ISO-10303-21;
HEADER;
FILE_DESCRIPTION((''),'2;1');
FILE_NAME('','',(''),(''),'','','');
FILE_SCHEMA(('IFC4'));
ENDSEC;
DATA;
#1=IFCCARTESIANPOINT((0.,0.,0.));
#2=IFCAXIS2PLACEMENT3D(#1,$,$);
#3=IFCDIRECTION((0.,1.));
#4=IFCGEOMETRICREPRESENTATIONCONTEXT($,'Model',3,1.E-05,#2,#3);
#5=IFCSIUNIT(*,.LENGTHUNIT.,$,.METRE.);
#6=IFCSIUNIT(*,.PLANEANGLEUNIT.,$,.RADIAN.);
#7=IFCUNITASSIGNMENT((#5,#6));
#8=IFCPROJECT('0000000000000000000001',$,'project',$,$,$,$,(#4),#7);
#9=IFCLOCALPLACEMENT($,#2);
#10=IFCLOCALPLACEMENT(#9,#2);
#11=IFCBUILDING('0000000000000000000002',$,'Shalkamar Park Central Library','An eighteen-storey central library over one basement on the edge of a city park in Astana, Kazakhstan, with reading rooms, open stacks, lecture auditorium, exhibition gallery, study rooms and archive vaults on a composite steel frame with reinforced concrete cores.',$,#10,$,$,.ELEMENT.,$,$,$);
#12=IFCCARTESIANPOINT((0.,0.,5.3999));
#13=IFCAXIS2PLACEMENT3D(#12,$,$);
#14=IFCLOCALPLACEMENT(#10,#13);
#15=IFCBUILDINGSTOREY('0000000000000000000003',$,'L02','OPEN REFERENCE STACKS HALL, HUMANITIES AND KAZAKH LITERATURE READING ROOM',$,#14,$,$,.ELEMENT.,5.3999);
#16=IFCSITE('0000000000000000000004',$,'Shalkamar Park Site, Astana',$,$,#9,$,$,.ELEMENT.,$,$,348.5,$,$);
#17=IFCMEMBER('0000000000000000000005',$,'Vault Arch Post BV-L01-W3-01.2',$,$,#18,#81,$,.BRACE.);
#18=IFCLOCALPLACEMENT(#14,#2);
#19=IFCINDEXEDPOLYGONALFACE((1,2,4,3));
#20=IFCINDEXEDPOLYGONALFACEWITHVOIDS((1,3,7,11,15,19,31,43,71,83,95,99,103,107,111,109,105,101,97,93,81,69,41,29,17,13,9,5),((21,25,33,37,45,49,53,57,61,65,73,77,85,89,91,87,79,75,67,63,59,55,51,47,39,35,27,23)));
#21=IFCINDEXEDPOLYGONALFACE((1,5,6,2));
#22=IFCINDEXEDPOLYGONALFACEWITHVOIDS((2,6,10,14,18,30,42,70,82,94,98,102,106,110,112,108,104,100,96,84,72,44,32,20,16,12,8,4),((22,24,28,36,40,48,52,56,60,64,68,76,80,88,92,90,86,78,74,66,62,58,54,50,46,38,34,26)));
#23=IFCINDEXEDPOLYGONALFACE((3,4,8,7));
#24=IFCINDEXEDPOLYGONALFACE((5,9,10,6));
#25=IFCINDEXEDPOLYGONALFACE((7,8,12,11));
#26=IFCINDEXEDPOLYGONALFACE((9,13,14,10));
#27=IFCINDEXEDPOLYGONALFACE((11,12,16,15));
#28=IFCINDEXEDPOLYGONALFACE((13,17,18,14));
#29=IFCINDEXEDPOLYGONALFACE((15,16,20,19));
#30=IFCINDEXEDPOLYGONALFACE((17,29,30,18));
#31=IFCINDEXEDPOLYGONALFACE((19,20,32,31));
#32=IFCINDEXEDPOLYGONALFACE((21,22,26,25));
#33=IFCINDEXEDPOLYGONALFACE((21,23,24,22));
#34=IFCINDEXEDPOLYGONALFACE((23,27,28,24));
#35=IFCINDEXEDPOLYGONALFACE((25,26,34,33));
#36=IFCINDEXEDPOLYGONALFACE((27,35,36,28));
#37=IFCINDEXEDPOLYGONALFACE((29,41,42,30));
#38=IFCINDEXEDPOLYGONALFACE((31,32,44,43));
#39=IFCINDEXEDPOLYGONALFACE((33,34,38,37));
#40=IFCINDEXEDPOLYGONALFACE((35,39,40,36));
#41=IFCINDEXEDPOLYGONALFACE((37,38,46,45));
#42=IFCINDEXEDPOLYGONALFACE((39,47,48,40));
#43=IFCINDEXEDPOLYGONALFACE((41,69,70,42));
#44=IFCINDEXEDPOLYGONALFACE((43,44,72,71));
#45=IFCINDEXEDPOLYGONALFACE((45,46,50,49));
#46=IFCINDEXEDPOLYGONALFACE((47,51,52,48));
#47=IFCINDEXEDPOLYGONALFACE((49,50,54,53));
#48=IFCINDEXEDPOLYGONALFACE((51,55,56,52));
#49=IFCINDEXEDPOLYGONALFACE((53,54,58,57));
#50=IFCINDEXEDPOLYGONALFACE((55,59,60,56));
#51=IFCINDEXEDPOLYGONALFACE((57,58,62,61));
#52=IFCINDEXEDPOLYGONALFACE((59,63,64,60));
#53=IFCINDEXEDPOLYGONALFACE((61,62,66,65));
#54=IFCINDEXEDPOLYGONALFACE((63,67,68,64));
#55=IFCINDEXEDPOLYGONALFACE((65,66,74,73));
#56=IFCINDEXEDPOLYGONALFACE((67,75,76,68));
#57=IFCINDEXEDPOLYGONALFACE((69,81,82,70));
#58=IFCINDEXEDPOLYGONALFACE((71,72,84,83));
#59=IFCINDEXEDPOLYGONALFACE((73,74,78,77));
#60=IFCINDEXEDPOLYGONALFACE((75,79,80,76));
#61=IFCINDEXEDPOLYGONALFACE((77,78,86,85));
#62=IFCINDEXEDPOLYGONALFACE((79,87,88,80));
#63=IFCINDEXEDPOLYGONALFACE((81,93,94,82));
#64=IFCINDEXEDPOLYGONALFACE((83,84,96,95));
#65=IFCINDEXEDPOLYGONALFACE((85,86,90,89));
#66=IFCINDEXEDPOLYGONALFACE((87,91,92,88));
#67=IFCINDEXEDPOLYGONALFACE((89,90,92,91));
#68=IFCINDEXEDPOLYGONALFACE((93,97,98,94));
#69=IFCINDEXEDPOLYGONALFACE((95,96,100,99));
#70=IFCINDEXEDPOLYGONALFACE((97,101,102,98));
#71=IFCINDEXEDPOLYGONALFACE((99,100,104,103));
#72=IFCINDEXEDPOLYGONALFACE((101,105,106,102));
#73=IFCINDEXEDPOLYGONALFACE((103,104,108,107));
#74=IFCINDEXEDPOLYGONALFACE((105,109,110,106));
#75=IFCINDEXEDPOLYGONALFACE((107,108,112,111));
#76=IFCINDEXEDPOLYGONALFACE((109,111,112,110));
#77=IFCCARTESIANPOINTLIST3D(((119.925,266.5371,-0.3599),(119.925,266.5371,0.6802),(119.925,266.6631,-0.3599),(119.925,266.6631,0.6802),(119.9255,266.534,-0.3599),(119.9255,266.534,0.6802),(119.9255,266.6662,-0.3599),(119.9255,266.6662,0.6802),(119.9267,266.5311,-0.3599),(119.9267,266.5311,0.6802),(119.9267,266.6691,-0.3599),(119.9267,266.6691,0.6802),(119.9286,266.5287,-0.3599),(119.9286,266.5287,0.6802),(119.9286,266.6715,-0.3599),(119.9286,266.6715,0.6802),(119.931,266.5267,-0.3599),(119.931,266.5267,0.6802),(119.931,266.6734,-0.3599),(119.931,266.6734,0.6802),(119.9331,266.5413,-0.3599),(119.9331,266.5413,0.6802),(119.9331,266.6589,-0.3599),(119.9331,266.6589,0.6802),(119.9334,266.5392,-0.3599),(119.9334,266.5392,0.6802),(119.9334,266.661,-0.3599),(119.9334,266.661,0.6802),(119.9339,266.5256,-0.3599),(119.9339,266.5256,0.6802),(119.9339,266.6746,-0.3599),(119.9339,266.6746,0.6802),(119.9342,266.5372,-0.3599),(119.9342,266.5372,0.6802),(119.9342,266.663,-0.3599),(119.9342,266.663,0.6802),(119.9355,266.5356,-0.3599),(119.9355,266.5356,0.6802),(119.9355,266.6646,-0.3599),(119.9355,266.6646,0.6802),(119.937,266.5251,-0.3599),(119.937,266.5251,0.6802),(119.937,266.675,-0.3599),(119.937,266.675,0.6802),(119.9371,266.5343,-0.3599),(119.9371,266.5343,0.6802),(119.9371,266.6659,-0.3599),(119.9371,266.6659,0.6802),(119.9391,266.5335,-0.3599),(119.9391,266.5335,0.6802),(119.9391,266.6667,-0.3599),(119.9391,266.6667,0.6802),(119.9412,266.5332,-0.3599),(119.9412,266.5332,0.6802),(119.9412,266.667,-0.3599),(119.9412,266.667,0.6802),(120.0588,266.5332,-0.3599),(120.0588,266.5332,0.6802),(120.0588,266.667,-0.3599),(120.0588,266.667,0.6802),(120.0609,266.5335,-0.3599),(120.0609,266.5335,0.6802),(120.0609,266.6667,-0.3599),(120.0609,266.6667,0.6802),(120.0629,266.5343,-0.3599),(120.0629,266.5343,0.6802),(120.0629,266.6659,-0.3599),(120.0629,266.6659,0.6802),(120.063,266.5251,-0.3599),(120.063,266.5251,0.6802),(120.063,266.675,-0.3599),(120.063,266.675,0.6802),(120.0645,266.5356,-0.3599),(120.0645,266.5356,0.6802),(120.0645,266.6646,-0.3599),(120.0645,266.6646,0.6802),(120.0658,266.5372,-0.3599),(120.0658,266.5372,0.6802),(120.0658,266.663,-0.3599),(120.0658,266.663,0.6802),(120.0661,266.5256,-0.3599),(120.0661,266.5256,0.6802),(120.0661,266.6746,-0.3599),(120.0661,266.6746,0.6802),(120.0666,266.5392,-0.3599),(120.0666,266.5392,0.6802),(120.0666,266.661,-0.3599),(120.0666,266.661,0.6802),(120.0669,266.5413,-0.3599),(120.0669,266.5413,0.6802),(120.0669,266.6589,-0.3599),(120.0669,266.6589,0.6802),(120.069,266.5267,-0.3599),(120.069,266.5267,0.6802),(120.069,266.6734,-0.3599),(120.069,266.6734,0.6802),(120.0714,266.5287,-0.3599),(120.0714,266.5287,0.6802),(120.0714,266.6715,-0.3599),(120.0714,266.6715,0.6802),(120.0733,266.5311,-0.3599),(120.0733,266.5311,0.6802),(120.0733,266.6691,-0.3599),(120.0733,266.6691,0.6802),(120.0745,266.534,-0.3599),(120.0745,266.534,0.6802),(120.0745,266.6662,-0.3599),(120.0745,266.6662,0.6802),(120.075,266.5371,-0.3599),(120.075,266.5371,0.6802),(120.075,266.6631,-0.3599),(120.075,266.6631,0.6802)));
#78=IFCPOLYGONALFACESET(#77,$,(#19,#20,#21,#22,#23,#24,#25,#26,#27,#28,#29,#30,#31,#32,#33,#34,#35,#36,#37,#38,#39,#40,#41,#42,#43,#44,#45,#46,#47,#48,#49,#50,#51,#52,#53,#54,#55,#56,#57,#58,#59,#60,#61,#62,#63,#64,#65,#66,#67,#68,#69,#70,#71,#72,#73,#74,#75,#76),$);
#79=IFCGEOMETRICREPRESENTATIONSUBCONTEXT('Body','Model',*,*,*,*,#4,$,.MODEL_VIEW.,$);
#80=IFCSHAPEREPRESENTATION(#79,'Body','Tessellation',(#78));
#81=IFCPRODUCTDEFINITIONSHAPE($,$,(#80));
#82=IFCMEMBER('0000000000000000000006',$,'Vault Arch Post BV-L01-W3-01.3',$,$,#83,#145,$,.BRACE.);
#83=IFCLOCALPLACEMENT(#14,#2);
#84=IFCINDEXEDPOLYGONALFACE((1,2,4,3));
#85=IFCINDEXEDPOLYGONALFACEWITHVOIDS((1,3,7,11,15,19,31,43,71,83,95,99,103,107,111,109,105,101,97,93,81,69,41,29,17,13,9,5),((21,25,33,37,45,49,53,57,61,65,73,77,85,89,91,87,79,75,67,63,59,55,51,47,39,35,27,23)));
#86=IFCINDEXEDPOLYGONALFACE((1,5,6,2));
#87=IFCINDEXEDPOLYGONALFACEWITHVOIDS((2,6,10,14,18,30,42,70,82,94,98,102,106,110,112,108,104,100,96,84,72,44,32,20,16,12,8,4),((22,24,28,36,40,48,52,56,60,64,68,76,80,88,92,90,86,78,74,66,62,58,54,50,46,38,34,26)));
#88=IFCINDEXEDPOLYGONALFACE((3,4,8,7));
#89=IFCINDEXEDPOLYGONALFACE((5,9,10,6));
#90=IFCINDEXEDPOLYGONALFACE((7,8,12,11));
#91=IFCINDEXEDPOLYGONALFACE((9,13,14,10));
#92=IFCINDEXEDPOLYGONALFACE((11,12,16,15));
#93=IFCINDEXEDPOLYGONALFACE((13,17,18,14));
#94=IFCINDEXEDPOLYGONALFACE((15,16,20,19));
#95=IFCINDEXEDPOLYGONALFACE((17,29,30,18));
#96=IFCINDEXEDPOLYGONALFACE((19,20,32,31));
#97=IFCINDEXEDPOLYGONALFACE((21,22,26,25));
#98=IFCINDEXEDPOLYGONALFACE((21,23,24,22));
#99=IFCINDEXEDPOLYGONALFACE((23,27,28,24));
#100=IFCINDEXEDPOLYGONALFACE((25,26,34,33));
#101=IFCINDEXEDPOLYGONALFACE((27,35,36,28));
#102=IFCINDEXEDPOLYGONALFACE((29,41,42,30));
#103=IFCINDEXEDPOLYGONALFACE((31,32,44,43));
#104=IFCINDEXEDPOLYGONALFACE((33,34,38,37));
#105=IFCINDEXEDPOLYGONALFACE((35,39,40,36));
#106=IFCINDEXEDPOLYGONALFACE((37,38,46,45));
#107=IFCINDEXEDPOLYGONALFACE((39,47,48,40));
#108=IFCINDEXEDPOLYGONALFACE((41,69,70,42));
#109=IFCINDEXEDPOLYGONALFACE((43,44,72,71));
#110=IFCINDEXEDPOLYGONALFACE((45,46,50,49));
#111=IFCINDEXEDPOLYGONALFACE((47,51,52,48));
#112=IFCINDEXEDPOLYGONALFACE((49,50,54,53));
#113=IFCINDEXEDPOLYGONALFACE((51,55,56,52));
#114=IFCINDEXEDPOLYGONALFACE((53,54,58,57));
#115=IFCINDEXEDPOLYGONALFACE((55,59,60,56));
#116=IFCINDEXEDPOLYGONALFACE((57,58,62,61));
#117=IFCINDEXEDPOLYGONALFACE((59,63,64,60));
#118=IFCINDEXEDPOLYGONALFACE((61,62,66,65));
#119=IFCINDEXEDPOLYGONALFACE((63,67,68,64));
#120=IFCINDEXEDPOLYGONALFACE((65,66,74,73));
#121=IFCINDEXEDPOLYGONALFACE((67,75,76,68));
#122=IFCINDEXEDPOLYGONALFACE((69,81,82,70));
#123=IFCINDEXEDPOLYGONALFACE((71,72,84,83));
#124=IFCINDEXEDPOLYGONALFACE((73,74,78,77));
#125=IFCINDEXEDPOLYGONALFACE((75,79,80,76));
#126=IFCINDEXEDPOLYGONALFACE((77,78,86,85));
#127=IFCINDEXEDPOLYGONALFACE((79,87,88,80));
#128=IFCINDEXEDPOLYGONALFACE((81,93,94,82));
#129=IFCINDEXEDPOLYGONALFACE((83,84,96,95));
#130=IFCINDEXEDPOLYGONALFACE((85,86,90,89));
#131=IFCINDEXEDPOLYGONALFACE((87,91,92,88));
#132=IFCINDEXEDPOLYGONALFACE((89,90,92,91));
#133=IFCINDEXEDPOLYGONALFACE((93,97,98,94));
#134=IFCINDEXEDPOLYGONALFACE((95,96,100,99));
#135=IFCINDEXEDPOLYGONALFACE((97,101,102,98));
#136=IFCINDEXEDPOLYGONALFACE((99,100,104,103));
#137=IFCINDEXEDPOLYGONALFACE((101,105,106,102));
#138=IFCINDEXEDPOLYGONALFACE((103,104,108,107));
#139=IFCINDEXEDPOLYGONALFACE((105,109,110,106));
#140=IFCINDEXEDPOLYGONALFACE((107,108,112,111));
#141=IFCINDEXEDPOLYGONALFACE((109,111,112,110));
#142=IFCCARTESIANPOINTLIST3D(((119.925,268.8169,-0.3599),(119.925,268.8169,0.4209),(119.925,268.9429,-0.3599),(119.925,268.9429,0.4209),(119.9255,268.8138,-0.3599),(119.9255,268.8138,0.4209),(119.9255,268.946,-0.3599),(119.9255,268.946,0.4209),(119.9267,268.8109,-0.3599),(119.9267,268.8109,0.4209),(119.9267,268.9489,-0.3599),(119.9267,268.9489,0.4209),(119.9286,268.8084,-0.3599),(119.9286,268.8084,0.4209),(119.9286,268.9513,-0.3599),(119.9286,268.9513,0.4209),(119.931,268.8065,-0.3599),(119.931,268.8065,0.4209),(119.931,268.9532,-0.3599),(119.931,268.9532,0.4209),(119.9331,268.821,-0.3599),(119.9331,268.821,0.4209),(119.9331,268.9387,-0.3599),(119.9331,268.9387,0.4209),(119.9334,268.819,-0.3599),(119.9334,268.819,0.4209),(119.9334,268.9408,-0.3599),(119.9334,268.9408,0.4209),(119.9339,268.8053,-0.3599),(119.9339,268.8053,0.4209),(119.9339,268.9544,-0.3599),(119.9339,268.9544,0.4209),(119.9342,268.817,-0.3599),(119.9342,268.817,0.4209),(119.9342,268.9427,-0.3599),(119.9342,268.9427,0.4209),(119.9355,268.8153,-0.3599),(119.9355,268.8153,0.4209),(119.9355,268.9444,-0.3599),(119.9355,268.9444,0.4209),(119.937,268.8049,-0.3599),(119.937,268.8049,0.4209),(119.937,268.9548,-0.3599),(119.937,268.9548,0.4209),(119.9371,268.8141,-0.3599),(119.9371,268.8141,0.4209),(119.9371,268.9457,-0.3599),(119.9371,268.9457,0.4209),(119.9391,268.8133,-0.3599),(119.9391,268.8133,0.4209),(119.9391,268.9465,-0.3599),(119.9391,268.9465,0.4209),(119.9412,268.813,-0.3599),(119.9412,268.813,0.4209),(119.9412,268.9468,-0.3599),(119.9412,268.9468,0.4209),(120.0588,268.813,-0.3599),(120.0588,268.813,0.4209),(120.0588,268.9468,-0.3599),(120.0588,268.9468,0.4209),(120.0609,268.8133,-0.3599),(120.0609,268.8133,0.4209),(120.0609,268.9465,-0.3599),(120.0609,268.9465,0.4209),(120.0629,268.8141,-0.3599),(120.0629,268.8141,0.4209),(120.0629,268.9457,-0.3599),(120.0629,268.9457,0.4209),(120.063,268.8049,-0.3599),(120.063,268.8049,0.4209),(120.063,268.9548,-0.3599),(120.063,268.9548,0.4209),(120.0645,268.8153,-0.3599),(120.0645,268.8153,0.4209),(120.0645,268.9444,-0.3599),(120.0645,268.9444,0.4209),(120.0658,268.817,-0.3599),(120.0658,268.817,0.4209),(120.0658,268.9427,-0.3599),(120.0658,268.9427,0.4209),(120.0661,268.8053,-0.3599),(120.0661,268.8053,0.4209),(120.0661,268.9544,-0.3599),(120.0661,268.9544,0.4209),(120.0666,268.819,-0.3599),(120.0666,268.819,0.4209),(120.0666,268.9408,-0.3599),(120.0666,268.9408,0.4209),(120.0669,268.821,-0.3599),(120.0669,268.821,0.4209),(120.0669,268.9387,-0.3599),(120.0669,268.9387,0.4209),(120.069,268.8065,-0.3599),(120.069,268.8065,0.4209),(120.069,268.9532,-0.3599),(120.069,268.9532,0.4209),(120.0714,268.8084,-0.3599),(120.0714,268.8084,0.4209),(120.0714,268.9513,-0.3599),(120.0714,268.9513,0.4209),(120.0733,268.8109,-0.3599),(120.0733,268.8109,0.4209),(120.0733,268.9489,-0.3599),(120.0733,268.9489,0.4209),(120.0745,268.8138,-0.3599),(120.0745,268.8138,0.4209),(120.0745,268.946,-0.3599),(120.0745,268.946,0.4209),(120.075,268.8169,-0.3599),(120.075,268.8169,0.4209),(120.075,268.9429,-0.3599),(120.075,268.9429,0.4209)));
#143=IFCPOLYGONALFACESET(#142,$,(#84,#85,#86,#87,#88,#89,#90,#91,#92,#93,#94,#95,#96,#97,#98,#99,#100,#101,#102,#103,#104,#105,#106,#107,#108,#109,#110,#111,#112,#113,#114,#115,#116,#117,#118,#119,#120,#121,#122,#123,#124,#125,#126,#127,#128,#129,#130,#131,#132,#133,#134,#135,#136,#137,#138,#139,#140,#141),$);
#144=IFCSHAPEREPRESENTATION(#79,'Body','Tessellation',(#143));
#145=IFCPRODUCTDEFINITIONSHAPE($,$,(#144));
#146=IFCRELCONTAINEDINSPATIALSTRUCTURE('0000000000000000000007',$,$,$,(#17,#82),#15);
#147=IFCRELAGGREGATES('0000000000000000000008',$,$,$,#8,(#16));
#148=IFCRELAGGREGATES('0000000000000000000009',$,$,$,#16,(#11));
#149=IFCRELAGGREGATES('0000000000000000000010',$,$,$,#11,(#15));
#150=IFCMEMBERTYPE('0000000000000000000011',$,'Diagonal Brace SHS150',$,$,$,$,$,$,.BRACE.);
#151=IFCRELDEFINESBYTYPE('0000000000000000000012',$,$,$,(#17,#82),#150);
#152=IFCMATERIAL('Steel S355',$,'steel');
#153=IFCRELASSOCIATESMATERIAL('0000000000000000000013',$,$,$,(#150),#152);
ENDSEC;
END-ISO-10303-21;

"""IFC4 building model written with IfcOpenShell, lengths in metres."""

from ifc_helpers import new_model, si_unit, direction, frame, origin, origin_2d, place, context, subcontext, project, spatial, hollow_rectangle, extrude, material, material_profile, profile_set, type_object, element, save


model = new_model("IFC4")

# Units and contexts
model_context = context("Model", 3, precision=1e-05, world=origin(), true_north=direction((0.0, 1.0)))
body_context = subcontext(model_context, "Body", "Model", "MODEL_VIEW")
ifc_project = project(units=[si_unit("LENGTHUNIT", "METRE"), si_unit("PLANEANGLEUNIT", "RADIAN")], contexts=[model_context])

# Site, building, storey
site_placement = place(None, origin())
site = spatial("IfcSite", under=ifc_project, at=site_placement, Name="Shalkamar Park Site, Astana", CompositionType="ELEMENT", RefElevation=348.5)
building_placement = place(site_placement, origin())
building = spatial("IfcBuilding", under=site, at=building_placement, Name="Shalkamar Park Central Library", Description="An eighteen-storey central library over one basement on the edge of a city park in Astana, Kazakhstan, with reading rooms, open stacks, lecture auditorium, exhibition gallery, study rooms and archive vaults on a composite steel frame with reinforced concrete cores.", CompositionType="ELEMENT")
storey_placement = place(building_placement, frame((0.0, 0.0, 5.3999)))
storey = spatial("IfcBuildingStorey", under=building, at=storey_placement, Name="L02", Description="OPEN REFERENCE STACKS HALL, HUMANITIES AND KAZAKH LITERATURE READING ROOM", CompositionType="ELEMENT", Elevation=5.3999)

# Members
ifc_material_1 = material(Name="Steel S355", Category="steel")
ifc_material_profile_1 = material_profile(ifc_material_1, hollow_rectangle(XDim=0.1499, YDim=0.1499, WallThickness=0.0081, InnerFilletRadius=0.0081, OuterFilletRadius=0.012, at=origin_2d()), Name="SHS 150x150x8")
ifc_profile_set_1 = profile_set([ifc_material_profile_1], Name="Steel S355")
member_type_1 = type_object("IfcMemberType", Name="Diagonal Brace SHS150", PredefinedType="BRACE", material=ifc_profile_set_1)
member_1_placement = place(storey_placement, frame((120.0, 266.6001, -0.3599), z_axis=(0.0, 0.0, 1.0), x_axis=(1.0, 0.0, 0.0)))
element("IfcMember", 1, at=member_1_placement, inside=storey, type_object=member_type_1, Name="Vault Arch Post BV-L01-W3-01.2", PredefinedType="BRACE", context=body_context, shape_type="SweptSolid", body=[
    extrude(hollow_rectangle(XDim=0.1499, YDim=0.1499, WallThickness=0.0081, InnerFilletRadius=0.0081, OuterFilletRadius=0.012, at=origin_2d()), origin(), (0.0, 0.0, 1.0), 1.04),
])
for number, where, z_axis, x_axis, name in (
    (2, (120.0, 268.8799, -0.3599), (0.0, 0.0, 1.0), (1.0, 0.0, 0.0), "Vault Arch Post BV-L01-W3-01.3"),
):
    element("IfcMember", number, at=place(storey_placement, frame(where, z_axis=z_axis, x_axis=x_axis)), inside=storey, type_object=member_type_1, Name=name, PredefinedType="BRACE", context=body_context, shape_type="SweptSolid", body=[
        extrude(hollow_rectangle(XDim=0.1499, YDim=0.1499, WallThickness=0.0081, InnerFilletRadius=0.0081, OuterFilletRadius=0.012, at=origin_2d()), origin(), (0.0, 0.0, 1.0), 0.7808),
    ])

save(model, "model.ifc")
